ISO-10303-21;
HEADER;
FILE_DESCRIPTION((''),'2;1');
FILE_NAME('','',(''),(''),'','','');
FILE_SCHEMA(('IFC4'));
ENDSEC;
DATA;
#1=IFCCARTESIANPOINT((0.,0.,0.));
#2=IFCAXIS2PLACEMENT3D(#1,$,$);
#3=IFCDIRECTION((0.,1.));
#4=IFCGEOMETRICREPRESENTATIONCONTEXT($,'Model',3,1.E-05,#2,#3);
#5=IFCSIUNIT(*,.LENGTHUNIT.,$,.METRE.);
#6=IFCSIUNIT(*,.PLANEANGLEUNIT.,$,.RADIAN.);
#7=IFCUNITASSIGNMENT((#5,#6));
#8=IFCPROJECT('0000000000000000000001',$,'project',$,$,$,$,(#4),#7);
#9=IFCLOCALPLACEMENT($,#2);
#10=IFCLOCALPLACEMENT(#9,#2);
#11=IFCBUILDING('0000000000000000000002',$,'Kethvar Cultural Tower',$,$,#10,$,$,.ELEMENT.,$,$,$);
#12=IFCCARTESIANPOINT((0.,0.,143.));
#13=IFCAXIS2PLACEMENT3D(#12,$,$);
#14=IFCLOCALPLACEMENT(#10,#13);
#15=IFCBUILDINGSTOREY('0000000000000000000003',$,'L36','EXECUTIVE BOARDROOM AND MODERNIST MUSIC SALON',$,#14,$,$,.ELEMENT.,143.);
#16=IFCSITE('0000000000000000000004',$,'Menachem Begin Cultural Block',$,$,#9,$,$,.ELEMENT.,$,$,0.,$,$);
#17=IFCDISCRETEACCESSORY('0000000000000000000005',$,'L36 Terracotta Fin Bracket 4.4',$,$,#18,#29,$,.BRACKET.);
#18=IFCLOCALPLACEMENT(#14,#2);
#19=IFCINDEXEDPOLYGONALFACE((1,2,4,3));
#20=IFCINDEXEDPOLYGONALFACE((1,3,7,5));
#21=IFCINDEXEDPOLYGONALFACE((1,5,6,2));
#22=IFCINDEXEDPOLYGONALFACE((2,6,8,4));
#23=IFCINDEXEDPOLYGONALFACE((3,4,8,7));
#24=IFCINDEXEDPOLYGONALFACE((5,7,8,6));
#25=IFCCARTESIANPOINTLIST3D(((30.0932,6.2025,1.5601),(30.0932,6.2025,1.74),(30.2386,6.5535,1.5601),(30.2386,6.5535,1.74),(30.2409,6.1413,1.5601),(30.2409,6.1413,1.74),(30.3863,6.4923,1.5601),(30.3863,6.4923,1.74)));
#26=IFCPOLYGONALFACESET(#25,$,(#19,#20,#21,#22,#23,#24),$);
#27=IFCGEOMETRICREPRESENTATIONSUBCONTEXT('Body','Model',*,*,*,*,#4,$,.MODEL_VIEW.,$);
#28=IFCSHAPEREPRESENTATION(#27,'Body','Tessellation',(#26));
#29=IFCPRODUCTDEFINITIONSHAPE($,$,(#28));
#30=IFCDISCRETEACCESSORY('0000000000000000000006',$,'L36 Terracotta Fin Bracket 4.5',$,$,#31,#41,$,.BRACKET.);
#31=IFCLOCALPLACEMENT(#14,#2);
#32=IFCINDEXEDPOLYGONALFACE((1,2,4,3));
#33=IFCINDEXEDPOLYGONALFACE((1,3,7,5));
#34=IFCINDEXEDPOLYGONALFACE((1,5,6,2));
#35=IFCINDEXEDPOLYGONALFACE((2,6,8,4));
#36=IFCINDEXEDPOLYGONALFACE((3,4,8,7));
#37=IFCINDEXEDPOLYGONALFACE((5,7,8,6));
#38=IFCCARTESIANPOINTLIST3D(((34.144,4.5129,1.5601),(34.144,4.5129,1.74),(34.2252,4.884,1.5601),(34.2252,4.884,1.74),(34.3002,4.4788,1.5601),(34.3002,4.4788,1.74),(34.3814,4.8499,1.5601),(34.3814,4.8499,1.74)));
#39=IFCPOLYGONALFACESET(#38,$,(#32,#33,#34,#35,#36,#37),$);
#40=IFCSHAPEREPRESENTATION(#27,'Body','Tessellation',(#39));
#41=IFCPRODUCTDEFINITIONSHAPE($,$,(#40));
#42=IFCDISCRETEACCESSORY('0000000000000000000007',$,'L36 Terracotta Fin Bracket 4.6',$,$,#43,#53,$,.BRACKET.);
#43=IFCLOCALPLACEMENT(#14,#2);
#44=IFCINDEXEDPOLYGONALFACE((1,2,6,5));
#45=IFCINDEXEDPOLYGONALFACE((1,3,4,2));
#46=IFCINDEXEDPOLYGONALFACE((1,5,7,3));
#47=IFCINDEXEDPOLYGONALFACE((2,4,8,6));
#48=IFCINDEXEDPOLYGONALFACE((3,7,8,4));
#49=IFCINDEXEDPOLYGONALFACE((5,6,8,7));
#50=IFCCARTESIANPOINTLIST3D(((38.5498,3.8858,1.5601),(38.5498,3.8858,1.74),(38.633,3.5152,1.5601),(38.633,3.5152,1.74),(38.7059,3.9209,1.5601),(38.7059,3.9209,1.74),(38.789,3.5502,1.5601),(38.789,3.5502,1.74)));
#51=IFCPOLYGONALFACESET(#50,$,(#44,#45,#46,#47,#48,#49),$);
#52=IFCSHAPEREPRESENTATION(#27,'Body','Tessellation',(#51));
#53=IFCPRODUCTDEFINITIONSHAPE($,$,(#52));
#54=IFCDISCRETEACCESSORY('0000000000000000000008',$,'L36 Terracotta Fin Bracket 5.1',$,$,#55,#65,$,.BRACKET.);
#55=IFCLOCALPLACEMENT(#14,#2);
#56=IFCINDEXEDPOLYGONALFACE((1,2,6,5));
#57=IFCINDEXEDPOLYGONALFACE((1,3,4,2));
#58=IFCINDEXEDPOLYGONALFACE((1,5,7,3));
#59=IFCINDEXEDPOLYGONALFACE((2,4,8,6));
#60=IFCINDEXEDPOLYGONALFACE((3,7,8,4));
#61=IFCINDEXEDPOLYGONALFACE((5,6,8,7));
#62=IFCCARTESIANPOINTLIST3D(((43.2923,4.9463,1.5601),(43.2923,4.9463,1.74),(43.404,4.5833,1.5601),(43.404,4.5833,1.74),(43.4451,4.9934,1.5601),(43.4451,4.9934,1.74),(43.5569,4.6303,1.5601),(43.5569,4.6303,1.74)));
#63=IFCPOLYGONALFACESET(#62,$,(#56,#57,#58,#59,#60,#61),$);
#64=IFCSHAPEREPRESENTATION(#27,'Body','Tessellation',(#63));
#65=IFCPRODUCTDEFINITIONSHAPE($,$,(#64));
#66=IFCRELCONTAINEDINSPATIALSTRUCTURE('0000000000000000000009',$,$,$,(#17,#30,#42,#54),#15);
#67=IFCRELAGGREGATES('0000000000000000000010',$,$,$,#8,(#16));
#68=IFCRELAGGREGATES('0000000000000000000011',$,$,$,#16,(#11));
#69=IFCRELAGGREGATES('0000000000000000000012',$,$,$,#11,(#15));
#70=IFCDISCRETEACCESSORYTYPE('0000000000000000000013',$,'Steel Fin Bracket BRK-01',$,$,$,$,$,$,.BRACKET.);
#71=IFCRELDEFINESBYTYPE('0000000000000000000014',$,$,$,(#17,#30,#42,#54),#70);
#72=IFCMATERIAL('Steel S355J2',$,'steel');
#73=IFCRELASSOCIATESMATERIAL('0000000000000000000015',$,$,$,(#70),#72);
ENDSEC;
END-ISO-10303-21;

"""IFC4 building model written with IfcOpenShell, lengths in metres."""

from ifc_helpers import new_model, si_unit, direction, frame, origin, origin_2d, place, context, subcontext, project, spatial, rectangle, extrude, source, transform, mapped, material, type_object, element, save


model = new_model("IFC4")

# Units and contexts
model_context = context("Model", 3, precision=1e-05, world=origin(), true_north=direction((0.0, 1.0)))
body_context = subcontext(model_context, "Body", "Model", "MODEL_VIEW")
ifc_project = project(units=[si_unit("LENGTHUNIT", "METRE"), si_unit("PLANEANGLEUNIT", "RADIAN")], contexts=[model_context])

# Site, building, storey
site_placement = place(None, origin())
site = spatial("IfcSite", under=ifc_project, at=site_placement, Name="Menachem Begin Cultural Block", CompositionType="ELEMENT", RefElevation=0.0)
building_placement = place(site_placement, origin())
building = spatial("IfcBuilding", under=site, at=building_placement, Name="Kethvar Cultural Tower", CompositionType="ELEMENT")
storey_placement = place(building_placement, frame((0.0, 0.0, 143.0)))
storey = spatial("IfcBuildingStorey", under=building, at=storey_placement, Name="L36", Description="EXECUTIVE BOARDROOM AND MODERNIST MUSIC SALON", CompositionType="ELEMENT", Elevation=143.0)

# Shared definitions
ifc_material_1 = material(Name="Steel S355J2", Category="steel")

# Discrete accessories
discrete_accessory_type = type_object("IfcDiscreteAccessoryType", Name="Steel Fin Bracket BRK-01", PredefinedType="BRACKET", material=ifc_material_1)
shared_shape_1 = source(origin(), body_context, "Body", "SweptSolid", [
    extrude(rectangle(XDim=0.3799, YDim=0.1599, at=origin_2d()), origin(), (0.0, 0.0, 1.0), 0.1799),
])
for number, where, z_axis, x_axis, name in (
    (1, (30.2397, 6.3474, 1.5601), (0.0, 0.0, 1.0), (-0.382683, -0.92388, 0.0), "L36 Terracotta Fin Bracket 4.4"),
    (2, (34.2627, 4.6814, 1.5601), (0.0, 0.0, 1.0), (-0.213712, -0.976897, 0.0), "L36 Terracotta Fin Bracket 4.5"),
    (3, (38.6694, 3.718, 1.5601), (0.0, 0.0, 1.0), (0.218995, -0.975726, 0.0), "L36 Terracotta Fin Bracket 4.6"),
    (4, (43.4246, 4.7883, 1.5601), (0.0, 0.0, 1.0), (0.294207, -0.955742, 0.0), "L36 Terracotta Fin Bracket 5.1"),
):
    element("IfcDiscreteAccessory", number, at=place(storey_placement, frame(where, z_axis=z_axis, x_axis=x_axis)), inside=storey, type_object=discrete_accessory_type, Name=name, PredefinedType="BRACKET", context=body_context, shape_type="MappedRepresentation", body=[
        mapped(shared_shape_1, transform((0.0, 0.0, 0.0), scale=1.0)),
    ])

save(model, "model.ifc")
